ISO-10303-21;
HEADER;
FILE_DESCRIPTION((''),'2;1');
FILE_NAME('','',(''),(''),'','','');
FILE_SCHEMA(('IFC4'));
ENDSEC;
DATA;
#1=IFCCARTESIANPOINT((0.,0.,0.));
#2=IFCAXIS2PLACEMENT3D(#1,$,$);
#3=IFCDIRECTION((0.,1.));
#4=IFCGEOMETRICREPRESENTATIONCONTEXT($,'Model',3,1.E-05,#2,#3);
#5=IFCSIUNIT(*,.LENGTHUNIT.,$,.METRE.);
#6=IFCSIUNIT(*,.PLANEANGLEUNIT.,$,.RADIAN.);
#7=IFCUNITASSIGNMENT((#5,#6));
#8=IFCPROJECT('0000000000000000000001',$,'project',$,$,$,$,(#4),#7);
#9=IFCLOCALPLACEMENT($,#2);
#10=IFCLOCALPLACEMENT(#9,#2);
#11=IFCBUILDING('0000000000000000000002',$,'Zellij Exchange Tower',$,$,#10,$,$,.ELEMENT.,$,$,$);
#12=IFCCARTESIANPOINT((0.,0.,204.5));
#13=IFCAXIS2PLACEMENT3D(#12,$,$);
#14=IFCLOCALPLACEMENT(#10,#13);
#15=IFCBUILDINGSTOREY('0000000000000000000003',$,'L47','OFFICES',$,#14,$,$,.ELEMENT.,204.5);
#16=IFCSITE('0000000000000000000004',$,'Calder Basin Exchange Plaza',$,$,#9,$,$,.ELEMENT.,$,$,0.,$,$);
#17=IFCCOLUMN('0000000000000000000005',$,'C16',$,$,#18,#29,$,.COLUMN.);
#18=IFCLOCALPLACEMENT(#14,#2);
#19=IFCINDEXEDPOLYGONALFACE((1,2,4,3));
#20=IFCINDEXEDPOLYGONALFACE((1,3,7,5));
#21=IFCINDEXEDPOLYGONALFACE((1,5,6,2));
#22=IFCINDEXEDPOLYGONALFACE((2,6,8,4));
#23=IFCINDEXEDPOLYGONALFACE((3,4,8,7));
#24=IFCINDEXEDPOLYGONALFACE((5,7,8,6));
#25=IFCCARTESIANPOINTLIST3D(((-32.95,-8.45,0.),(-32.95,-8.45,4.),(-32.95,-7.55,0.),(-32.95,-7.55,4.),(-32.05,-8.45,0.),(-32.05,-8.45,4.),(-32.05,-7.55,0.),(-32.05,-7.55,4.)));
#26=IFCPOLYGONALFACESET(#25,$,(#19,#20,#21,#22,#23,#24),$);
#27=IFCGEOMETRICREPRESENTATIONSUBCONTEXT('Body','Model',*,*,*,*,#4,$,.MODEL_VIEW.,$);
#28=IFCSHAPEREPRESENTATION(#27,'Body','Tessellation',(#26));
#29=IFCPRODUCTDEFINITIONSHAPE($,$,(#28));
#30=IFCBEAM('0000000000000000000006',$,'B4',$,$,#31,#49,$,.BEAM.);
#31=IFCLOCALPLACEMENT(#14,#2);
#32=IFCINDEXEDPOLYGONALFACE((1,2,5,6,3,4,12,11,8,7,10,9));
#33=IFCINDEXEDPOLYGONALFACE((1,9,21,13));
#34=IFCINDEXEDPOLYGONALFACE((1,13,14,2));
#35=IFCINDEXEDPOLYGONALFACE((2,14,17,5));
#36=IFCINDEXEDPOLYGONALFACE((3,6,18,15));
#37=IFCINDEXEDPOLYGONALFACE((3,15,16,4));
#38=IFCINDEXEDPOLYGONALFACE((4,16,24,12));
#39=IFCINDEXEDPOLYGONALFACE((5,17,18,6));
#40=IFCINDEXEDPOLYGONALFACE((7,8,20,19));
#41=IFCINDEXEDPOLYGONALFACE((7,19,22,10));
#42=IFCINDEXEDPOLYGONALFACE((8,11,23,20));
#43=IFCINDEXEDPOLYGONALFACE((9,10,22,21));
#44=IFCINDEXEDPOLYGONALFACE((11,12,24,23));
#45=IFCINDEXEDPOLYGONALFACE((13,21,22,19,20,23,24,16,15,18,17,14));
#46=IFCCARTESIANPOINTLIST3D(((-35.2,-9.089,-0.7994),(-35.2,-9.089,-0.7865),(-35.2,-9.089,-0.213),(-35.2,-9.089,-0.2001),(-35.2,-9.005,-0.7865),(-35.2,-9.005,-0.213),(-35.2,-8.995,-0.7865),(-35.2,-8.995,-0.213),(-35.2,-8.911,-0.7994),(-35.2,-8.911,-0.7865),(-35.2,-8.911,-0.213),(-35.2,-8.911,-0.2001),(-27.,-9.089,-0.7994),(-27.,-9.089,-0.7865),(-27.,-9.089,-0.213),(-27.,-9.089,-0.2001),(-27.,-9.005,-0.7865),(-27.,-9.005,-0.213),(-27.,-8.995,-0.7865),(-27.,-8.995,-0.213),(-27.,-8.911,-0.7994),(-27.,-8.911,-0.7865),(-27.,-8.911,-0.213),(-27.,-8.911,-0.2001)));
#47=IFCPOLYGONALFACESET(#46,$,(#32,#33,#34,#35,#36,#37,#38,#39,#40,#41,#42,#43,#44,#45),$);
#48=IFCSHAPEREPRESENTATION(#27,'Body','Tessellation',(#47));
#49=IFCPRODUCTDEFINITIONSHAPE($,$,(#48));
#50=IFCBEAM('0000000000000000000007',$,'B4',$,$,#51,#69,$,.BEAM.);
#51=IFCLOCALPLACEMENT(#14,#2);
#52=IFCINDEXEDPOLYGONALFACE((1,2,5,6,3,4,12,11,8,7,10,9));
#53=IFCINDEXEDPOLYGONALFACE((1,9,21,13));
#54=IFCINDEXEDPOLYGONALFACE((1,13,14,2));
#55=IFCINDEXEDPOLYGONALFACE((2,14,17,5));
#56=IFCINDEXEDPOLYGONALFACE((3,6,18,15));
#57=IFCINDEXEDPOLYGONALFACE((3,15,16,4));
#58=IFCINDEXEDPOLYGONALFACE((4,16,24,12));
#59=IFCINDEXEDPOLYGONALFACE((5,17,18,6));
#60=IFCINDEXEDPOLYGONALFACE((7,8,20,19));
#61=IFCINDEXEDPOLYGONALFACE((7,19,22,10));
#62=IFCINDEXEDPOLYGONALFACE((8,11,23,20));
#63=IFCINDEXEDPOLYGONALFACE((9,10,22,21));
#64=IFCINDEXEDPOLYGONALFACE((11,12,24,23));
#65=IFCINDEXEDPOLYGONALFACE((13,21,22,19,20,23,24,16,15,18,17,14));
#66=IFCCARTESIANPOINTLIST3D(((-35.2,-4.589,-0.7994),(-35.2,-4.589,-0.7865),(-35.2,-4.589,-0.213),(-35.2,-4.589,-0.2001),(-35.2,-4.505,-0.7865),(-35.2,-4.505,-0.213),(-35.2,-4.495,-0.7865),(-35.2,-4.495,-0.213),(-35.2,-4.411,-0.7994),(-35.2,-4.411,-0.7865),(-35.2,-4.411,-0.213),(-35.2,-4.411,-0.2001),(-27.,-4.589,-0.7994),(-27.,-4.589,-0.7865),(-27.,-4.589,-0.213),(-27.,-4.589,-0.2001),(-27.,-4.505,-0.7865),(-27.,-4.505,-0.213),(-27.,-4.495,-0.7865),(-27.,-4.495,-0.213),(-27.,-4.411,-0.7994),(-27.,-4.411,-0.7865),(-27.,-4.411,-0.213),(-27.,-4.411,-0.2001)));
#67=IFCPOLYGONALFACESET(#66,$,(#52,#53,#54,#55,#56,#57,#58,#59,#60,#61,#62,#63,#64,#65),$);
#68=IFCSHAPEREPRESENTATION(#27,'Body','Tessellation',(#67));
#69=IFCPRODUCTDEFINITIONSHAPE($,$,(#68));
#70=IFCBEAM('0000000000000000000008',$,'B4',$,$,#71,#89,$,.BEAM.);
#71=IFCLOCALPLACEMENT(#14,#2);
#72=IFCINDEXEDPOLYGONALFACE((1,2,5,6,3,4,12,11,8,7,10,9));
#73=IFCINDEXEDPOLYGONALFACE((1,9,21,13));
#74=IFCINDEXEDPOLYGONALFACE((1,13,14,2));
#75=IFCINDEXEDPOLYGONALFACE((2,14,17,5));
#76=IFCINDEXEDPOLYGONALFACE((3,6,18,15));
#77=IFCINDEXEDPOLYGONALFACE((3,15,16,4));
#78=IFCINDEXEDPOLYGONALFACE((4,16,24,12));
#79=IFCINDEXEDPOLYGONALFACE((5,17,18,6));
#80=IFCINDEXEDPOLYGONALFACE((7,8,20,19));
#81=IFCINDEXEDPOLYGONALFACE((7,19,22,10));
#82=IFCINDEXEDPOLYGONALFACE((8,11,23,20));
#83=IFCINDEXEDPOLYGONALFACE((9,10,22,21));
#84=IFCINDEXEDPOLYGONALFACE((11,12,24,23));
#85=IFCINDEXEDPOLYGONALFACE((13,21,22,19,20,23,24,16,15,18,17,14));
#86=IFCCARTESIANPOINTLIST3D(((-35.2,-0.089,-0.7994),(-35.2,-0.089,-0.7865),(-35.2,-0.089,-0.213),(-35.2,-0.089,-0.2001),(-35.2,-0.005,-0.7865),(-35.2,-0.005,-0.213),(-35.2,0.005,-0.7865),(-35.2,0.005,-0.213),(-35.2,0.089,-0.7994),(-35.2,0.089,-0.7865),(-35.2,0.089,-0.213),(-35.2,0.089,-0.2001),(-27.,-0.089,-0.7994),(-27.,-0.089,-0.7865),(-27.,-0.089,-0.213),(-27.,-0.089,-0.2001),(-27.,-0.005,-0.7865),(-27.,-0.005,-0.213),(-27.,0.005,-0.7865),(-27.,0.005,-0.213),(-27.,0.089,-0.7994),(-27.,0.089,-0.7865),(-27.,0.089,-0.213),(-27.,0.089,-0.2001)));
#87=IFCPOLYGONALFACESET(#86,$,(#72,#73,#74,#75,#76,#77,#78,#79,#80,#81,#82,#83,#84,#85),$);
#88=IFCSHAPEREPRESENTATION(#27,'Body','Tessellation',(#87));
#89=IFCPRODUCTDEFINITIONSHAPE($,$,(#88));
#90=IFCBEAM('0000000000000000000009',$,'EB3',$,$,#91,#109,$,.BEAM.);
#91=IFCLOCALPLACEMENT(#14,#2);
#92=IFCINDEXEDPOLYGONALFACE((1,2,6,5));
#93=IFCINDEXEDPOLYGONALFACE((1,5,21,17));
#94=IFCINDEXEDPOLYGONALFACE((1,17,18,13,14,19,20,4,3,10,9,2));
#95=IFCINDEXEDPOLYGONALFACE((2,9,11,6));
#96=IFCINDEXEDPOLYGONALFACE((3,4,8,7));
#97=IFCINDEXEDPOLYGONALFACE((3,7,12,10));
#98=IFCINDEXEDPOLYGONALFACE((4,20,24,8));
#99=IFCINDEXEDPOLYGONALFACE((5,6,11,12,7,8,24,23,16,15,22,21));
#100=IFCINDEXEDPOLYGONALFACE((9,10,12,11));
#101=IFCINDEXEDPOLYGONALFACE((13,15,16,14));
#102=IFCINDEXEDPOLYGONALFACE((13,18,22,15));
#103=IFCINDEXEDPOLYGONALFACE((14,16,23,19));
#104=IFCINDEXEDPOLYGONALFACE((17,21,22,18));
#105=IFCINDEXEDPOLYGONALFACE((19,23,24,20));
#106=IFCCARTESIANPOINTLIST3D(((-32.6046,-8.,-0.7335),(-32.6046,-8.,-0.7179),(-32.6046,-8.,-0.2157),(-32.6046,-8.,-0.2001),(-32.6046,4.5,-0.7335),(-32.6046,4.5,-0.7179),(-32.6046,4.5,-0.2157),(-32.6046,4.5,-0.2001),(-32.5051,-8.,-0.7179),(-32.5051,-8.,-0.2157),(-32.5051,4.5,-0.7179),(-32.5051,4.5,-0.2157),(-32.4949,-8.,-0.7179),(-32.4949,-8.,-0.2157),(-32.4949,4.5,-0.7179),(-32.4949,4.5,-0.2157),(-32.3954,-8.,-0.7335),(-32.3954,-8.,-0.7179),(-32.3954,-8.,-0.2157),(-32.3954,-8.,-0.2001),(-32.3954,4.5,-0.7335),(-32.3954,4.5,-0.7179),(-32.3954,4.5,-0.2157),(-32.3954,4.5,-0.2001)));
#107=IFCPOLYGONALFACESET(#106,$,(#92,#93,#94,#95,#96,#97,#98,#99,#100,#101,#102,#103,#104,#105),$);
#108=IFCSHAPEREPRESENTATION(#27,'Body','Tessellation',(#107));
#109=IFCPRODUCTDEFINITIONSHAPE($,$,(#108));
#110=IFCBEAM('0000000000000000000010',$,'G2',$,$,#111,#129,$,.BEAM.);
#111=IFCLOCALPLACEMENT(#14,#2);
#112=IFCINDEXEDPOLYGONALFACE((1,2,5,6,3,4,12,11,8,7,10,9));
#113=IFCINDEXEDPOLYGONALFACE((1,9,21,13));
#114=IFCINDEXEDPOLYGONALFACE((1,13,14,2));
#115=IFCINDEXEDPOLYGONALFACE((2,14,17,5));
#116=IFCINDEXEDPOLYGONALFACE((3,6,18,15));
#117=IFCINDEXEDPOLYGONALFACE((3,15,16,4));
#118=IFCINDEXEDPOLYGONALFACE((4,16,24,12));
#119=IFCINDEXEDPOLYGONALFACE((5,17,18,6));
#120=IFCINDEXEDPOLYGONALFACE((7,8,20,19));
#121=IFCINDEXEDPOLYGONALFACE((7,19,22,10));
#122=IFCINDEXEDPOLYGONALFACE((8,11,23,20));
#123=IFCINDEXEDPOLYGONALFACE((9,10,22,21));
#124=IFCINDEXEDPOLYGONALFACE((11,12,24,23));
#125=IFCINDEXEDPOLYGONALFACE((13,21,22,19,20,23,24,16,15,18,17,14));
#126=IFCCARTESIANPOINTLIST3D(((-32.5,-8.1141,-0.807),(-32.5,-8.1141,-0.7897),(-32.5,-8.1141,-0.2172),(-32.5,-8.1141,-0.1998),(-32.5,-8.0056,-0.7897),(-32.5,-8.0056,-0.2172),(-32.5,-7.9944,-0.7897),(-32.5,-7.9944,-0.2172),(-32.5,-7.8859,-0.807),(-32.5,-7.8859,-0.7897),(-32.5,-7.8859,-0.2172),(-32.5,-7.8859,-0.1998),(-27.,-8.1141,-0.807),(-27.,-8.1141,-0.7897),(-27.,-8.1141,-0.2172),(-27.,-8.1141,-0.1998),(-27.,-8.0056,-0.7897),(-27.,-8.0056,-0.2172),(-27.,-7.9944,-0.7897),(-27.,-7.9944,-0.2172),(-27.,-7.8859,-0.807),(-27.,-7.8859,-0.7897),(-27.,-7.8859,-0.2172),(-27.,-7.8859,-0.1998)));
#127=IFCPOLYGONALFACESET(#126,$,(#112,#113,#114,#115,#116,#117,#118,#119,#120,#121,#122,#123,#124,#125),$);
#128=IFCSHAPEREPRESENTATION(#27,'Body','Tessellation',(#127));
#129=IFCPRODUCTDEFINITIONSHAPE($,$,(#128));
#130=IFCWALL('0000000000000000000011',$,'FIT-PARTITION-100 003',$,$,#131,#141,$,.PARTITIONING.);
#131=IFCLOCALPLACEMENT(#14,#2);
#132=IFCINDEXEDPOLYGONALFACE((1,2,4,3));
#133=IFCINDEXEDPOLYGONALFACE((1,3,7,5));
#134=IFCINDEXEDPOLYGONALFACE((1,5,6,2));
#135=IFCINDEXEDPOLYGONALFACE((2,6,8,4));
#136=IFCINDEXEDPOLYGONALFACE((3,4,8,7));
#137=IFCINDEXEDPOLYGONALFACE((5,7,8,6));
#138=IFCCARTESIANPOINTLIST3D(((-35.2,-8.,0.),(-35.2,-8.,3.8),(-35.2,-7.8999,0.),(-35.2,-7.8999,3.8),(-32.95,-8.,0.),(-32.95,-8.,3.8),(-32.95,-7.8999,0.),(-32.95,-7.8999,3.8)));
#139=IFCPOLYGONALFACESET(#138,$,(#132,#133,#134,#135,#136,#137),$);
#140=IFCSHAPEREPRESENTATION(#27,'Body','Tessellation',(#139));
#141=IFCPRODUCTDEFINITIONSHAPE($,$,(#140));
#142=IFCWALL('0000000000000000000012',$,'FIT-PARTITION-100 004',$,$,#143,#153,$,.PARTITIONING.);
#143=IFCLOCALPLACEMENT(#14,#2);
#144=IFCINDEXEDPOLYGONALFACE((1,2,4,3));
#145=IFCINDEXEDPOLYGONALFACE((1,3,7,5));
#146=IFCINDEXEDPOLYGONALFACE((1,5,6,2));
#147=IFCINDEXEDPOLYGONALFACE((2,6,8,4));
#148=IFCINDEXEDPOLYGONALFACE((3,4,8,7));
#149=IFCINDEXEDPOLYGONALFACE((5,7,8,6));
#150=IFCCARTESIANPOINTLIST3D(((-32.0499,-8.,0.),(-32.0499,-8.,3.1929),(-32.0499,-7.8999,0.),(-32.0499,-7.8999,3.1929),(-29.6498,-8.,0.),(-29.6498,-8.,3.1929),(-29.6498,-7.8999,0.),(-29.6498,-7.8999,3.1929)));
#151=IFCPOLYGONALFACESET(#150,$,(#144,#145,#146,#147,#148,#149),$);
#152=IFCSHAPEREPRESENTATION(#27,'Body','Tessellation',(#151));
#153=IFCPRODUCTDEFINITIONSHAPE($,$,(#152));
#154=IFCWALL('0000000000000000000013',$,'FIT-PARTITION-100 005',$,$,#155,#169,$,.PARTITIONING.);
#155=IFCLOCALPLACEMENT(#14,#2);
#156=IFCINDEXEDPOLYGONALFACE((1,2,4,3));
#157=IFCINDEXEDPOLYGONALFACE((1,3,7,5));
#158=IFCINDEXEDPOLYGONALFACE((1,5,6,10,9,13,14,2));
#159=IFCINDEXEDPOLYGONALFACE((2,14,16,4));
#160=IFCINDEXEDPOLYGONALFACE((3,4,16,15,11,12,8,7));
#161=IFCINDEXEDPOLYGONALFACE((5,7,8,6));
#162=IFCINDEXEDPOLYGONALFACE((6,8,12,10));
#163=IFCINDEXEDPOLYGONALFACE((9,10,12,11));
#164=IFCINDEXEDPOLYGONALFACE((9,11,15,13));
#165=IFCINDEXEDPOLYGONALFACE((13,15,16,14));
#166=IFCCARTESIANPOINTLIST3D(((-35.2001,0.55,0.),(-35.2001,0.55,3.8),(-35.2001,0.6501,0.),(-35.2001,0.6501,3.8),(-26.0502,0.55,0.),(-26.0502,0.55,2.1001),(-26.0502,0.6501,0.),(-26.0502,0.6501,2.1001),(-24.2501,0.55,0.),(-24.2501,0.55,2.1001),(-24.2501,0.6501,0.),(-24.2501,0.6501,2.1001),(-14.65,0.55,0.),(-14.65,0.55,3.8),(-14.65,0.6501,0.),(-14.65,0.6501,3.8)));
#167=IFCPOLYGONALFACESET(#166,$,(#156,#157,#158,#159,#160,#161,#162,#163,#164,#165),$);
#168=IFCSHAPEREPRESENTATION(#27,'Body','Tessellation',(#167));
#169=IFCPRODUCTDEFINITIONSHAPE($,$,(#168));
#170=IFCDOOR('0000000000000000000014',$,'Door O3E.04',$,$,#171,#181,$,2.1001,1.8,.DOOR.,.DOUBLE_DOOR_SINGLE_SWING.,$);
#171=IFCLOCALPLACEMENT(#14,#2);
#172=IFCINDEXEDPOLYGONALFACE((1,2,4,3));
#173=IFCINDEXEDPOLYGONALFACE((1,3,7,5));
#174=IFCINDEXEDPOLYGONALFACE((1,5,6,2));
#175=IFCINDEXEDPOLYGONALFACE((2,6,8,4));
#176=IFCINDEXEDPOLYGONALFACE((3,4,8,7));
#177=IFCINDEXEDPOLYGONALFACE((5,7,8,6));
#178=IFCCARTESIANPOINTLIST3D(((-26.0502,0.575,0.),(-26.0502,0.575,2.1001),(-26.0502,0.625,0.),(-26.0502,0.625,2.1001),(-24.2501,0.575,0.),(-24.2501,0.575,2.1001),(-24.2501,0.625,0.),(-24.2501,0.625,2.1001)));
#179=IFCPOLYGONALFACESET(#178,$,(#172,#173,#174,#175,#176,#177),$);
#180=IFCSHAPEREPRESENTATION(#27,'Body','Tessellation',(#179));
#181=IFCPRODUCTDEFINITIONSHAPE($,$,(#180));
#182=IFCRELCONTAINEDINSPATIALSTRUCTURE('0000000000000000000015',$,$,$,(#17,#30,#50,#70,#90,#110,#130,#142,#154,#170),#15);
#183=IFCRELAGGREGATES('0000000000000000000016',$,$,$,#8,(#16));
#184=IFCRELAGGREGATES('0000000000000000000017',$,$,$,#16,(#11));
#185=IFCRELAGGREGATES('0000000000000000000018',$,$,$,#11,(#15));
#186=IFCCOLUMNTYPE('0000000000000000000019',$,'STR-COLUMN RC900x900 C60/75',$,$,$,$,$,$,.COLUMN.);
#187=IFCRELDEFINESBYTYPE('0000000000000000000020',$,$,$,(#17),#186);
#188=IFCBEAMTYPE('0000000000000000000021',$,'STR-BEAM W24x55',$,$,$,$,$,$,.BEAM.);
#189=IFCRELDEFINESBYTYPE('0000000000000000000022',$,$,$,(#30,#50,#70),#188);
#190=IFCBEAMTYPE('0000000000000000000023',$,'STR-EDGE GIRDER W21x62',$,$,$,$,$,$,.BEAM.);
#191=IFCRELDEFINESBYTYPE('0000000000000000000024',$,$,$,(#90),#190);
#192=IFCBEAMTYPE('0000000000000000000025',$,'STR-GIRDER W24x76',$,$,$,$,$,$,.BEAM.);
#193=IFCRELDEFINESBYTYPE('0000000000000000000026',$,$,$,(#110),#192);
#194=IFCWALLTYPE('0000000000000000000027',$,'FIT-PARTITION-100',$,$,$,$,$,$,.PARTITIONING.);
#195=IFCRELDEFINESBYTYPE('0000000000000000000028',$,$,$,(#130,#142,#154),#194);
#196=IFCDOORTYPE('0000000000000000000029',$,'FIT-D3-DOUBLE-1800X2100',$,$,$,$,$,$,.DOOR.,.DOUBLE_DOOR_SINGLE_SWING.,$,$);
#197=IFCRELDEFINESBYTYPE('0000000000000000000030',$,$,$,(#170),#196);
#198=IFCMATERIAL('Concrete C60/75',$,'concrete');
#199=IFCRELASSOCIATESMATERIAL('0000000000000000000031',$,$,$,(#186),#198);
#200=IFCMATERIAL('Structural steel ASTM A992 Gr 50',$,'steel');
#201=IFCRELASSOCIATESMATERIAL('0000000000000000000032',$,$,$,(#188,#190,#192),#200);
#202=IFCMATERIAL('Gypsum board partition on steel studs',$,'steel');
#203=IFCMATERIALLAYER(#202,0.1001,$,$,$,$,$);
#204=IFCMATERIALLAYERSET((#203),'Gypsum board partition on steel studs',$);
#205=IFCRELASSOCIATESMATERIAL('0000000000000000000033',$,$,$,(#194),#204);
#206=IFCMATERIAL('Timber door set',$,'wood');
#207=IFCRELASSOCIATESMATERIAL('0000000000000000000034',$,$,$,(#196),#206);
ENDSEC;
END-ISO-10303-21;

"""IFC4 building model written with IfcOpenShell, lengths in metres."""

from ifc_helpers import new_model, si_unit, direction, frame, frame_2d, origin, origin_2d, place, context, subcontext, project, spatial, rectangle, i_section, extrude, material, layer, layer_set, material_profile, profile_set, type_object, element, fill, save


model = new_model("IFC4")

# Units and contexts
model_context = context("Model", 3, precision=1e-05, world=origin(), true_north=direction((0.0, 1.0)))
body_context = subcontext(model_context, "Body", "Model", "MODEL_VIEW")
ifc_project = project(units=[si_unit("LENGTHUNIT", "METRE"), si_unit("PLANEANGLEUNIT", "RADIAN")], contexts=[model_context])

# Site, building, storey
site_placement = place(None, origin())
site = spatial("IfcSite", under=ifc_project, at=site_placement, Name="Calder Basin Exchange Plaza", CompositionType="ELEMENT", RefElevation=0.0)
building_placement = place(site_placement, origin())
building = spatial("IfcBuilding", under=site, at=building_placement, Name="Zellij Exchange Tower", CompositionType="ELEMENT")
storey_placement = place(building_placement, frame((0.0, 0.0, 204.5)))
storey = spatial("IfcBuildingStorey", under=building, at=storey_placement, Name="L47", Description="OFFICES", CompositionType="ELEMENT", Elevation=204.5)

# Column
ifc_material_1 = material(Name="Concrete C60/75", Category="concrete")
ifc_material_profile_1 = material_profile(ifc_material_1, rectangle(XDim=0.8999, YDim=0.8999, at=origin_2d()), Name="STR-COLUMN RC900x900 C60/75")
ifc_profile_set_1 = profile_set([ifc_material_profile_1], Name="Concrete C60/75")
column_type = type_object("IfcColumnType", Name="STR-COLUMN RC900x900 C60/75", PredefinedType="COLUMN", material=ifc_profile_set_1)
column_placement = place(storey_placement, frame((-32.5, -8.0, 0.0), z_axis=(0.0, 0.0, 1.0), x_axis=(1.0, 0.0, 0.0)))
element("IfcColumn", 1, at=column_placement, inside=storey, type_object=column_type, Name="C16", PredefinedType="COLUMN", context=body_context, shape_type="SweptSolid", body=[
    extrude(rectangle(XDim=0.8999, YDim=0.8999, at=origin_2d()), origin(), (0.0, 0.0, 1.0), 4.0),
])

# Beams
ifc_material_2 = material(Name="Structural steel ASTM A992 Gr 50", Category="steel")
ifc_material_profile_2 = material_profile(ifc_material_2, i_section(OverallWidth=0.178, OverallDepth=0.5994, WebThickness=0.01, FlangeThickness=0.0129, at=origin_2d()), Name="W24x55")
ifc_profile_set_2 = profile_set([ifc_material_profile_2], Name="Structural steel ASTM A992 Gr 50")
beam_type_1 = type_object("IfcBeamType", Name="STR-BEAM W24x55", PredefinedType="BEAM", material=ifc_profile_set_2)
for number, where, z_axis, x_axis, name in (
    (2, (-35.2, -9.0, -0.4998), (1.0, 0.0, 0.0), (0.0, 1.0, 0.0), "B4"),
    (3, (-35.2, -4.5, -0.4998), (1.0, 0.0, 0.0), (0.0, 1.0, 0.0), "B4"),
    (4, (-35.2, 0.0, -0.4998), (1.0, 0.0, 0.0), (0.0, 1.0, 0.0), "B4"),
):
    element("IfcBeam", number, at=place(storey_placement, frame(where, z_axis=z_axis, x_axis=x_axis)), inside=storey, type_object=beam_type_1, Name=name, PredefinedType="BEAM", context=body_context, shape_type="SweptSolid", body=[
        extrude(i_section(OverallWidth=0.178, OverallDepth=0.5994, WebThickness=0.01, FlangeThickness=0.0129, at=origin_2d()), origin(), (0.0, 0.0, 1.0), 8.2),
    ])
ifc_material_profile_3 = material_profile(ifc_material_2, i_section(OverallWidth=0.2092, OverallDepth=0.5334, WebThickness=0.0103, FlangeThickness=0.0156, at=origin_2d()), Name="W21x62")
ifc_profile_set_3 = profile_set([ifc_material_profile_3], Name="Structural steel ASTM A992 Gr 50")
beam_type_2 = type_object("IfcBeamType", Name="STR-EDGE GIRDER W21x62", PredefinedType="BEAM", material=ifc_profile_set_3)
beam_1_placement = place(storey_placement, frame((-32.5, -8.0, -0.4668), z_axis=(0.0, 1.0, 0.0), x_axis=(-1.0, 0.0, 0.0)))
element("IfcBeam", 5, at=beam_1_placement, inside=storey, type_object=beam_type_2, Name="EB3", PredefinedType="BEAM", context=body_context, shape_type="SweptSolid", body=[
    extrude(i_section(OverallWidth=0.2092, OverallDepth=0.5334, WebThickness=0.0103, FlangeThickness=0.0156, at=origin_2d()), origin(), (0.0, 0.0, 1.0), 12.5),
])
ifc_material_profile_4 = material_profile(ifc_material_2, i_section(OverallWidth=0.2283, OverallDepth=0.6072, WebThickness=0.0112, FlangeThickness=0.0173, at=origin_2d()), Name="W24x76")
ifc_profile_set_4 = profile_set([ifc_material_profile_4], Name="Structural steel ASTM A992 Gr 50")
beam_type_3 = type_object("IfcBeamType", Name="STR-GIRDER W24x76", PredefinedType="BEAM", material=ifc_profile_set_4)
beam_2_placement = place(storey_placement, frame((-32.5, -8.0, -0.5034), z_axis=(1.0, 0.0, 0.0), x_axis=(0.0, 1.0, 0.0)))
element("IfcBeam", 6, at=beam_2_placement, inside=storey, type_object=beam_type_3, Name="G2", PredefinedType="BEAM", context=body_context, shape_type="SweptSolid", body=[
    extrude(i_section(OverallWidth=0.2283, OverallDepth=0.6072, WebThickness=0.0112, FlangeThickness=0.0173, at=origin_2d()), origin(), (0.0, 0.0, 1.0), 5.5),
])

# Walls
ifc_material_3 = material(Name="Gypsum board partition on steel studs", Category="steel")
ifc_layer_1 = layer(ifc_material_3, 0.1001)
ifc_layer_set_1 = layer_set([ifc_layer_1], Name="Gypsum board partition on steel studs")
wall_type = type_object("IfcWallType", Name="FIT-PARTITION-100", PredefinedType="PARTITIONING", material=ifc_layer_set_1)
wall_1_placement = place(storey_placement, frame((-35.2, -7.95, 0.0), z_axis=(0.0, 0.0, 1.0), x_axis=(1.0, 0.0, 0.0)))
element("IfcWall", 7, at=wall_1_placement, inside=storey, type_object=wall_type, Name="FIT-PARTITION-100 003", PredefinedType="PARTITIONING", context=body_context, shape_type="SweptSolid", body=[
    extrude(rectangle(XDim=2.25, YDim=0.1001, at=frame_2d((1.125, 0.0))), origin(), (0.0, 0.0, 1.0), 3.8),
])
wall_2_placement = place(storey_placement, frame((-32.05, -7.95, 0.0), z_axis=(0.0, 0.0, 1.0), x_axis=(1.0, 0.0, 0.0)))
element("IfcWall", 8, at=wall_2_placement, inside=storey, type_object=wall_type, Name="FIT-PARTITION-100 004", PredefinedType="PARTITIONING", context=body_context, shape_type="SweptSolid", body=[
    extrude(rectangle(XDim=2.4001, YDim=0.1001, at=frame_2d((1.2002, 0.0))), origin(), (0.0, 0.0, 1.0), 3.1929),
])

# Wall, opening, door
wall_3_placement = place(storey_placement, frame((-35.2, 0.6001, 0.0), z_axis=(0.0, 0.0, 1.0), x_axis=(1.0, 0.0, 0.0)))
wall_3 = element("IfcWall", 9, at=wall_3_placement, inside=storey, type_object=wall_type, Name="FIT-PARTITION-100 005", PredefinedType="PARTITIONING", context=body_context, shape_type="SweptSolid", body=[
    extrude(rectangle(XDim=20.55, YDim=0.1001, at=frame_2d((10.2749, 0.0))), origin(), (0.0, 0.0, 1.0), 3.8),
])
opening_placement = place(wall_3_placement, frame((9.1499, 0.0, 0.0)))
opening = element("IfcOpeningElement", 10, at=opening_placement, cuts=wall_3, PredefinedType="OPENING", context=body_context, shape_type="SweptSolid", body=[
    extrude(rectangle(XDim=1.8, YDim=2.1001, at=frame_2d((0.8999, 1.05))), frame((0.0, 0.062, 0.0), z_axis=(0.0, -1.0, 0.0), x_axis=(1.0, 0.0, 0.0)), (0.0, 0.0, 1.0), 0.124),
])
ifc_material_4 = material(Name="Timber door set", Category="wood")
door_type = type_object("IfcDoorType", Name="FIT-D3-DOUBLE-1800X2100", OperationType="DOUBLE_DOOR_SINGLE_SWING", PredefinedType="DOOR", material=ifc_material_4)
door_placement = place(opening_placement, origin())
door = element("IfcDoor", 11, at=door_placement, inside=storey, type_object=door_type, Name="Door O3E.04", OperationType="DOUBLE_DOOR_SINGLE_SWING", OverallHeight=2.1001, OverallWidth=1.8, PredefinedType="DOOR", context=body_context, shape_type="SweptSolid", body=[
    extrude(rectangle(XDim=1.8, YDim=2.1001, at=frame_2d((0.8999, 1.05))), frame((0.0, 0.0249, 0.0), z_axis=(0.0, -1.0, 0.0), x_axis=(1.0, 0.0, 0.0)), (0.0, 0.0, 1.0), 0.05),
])
fill(opening, door)

save(model, "model.ifc")
